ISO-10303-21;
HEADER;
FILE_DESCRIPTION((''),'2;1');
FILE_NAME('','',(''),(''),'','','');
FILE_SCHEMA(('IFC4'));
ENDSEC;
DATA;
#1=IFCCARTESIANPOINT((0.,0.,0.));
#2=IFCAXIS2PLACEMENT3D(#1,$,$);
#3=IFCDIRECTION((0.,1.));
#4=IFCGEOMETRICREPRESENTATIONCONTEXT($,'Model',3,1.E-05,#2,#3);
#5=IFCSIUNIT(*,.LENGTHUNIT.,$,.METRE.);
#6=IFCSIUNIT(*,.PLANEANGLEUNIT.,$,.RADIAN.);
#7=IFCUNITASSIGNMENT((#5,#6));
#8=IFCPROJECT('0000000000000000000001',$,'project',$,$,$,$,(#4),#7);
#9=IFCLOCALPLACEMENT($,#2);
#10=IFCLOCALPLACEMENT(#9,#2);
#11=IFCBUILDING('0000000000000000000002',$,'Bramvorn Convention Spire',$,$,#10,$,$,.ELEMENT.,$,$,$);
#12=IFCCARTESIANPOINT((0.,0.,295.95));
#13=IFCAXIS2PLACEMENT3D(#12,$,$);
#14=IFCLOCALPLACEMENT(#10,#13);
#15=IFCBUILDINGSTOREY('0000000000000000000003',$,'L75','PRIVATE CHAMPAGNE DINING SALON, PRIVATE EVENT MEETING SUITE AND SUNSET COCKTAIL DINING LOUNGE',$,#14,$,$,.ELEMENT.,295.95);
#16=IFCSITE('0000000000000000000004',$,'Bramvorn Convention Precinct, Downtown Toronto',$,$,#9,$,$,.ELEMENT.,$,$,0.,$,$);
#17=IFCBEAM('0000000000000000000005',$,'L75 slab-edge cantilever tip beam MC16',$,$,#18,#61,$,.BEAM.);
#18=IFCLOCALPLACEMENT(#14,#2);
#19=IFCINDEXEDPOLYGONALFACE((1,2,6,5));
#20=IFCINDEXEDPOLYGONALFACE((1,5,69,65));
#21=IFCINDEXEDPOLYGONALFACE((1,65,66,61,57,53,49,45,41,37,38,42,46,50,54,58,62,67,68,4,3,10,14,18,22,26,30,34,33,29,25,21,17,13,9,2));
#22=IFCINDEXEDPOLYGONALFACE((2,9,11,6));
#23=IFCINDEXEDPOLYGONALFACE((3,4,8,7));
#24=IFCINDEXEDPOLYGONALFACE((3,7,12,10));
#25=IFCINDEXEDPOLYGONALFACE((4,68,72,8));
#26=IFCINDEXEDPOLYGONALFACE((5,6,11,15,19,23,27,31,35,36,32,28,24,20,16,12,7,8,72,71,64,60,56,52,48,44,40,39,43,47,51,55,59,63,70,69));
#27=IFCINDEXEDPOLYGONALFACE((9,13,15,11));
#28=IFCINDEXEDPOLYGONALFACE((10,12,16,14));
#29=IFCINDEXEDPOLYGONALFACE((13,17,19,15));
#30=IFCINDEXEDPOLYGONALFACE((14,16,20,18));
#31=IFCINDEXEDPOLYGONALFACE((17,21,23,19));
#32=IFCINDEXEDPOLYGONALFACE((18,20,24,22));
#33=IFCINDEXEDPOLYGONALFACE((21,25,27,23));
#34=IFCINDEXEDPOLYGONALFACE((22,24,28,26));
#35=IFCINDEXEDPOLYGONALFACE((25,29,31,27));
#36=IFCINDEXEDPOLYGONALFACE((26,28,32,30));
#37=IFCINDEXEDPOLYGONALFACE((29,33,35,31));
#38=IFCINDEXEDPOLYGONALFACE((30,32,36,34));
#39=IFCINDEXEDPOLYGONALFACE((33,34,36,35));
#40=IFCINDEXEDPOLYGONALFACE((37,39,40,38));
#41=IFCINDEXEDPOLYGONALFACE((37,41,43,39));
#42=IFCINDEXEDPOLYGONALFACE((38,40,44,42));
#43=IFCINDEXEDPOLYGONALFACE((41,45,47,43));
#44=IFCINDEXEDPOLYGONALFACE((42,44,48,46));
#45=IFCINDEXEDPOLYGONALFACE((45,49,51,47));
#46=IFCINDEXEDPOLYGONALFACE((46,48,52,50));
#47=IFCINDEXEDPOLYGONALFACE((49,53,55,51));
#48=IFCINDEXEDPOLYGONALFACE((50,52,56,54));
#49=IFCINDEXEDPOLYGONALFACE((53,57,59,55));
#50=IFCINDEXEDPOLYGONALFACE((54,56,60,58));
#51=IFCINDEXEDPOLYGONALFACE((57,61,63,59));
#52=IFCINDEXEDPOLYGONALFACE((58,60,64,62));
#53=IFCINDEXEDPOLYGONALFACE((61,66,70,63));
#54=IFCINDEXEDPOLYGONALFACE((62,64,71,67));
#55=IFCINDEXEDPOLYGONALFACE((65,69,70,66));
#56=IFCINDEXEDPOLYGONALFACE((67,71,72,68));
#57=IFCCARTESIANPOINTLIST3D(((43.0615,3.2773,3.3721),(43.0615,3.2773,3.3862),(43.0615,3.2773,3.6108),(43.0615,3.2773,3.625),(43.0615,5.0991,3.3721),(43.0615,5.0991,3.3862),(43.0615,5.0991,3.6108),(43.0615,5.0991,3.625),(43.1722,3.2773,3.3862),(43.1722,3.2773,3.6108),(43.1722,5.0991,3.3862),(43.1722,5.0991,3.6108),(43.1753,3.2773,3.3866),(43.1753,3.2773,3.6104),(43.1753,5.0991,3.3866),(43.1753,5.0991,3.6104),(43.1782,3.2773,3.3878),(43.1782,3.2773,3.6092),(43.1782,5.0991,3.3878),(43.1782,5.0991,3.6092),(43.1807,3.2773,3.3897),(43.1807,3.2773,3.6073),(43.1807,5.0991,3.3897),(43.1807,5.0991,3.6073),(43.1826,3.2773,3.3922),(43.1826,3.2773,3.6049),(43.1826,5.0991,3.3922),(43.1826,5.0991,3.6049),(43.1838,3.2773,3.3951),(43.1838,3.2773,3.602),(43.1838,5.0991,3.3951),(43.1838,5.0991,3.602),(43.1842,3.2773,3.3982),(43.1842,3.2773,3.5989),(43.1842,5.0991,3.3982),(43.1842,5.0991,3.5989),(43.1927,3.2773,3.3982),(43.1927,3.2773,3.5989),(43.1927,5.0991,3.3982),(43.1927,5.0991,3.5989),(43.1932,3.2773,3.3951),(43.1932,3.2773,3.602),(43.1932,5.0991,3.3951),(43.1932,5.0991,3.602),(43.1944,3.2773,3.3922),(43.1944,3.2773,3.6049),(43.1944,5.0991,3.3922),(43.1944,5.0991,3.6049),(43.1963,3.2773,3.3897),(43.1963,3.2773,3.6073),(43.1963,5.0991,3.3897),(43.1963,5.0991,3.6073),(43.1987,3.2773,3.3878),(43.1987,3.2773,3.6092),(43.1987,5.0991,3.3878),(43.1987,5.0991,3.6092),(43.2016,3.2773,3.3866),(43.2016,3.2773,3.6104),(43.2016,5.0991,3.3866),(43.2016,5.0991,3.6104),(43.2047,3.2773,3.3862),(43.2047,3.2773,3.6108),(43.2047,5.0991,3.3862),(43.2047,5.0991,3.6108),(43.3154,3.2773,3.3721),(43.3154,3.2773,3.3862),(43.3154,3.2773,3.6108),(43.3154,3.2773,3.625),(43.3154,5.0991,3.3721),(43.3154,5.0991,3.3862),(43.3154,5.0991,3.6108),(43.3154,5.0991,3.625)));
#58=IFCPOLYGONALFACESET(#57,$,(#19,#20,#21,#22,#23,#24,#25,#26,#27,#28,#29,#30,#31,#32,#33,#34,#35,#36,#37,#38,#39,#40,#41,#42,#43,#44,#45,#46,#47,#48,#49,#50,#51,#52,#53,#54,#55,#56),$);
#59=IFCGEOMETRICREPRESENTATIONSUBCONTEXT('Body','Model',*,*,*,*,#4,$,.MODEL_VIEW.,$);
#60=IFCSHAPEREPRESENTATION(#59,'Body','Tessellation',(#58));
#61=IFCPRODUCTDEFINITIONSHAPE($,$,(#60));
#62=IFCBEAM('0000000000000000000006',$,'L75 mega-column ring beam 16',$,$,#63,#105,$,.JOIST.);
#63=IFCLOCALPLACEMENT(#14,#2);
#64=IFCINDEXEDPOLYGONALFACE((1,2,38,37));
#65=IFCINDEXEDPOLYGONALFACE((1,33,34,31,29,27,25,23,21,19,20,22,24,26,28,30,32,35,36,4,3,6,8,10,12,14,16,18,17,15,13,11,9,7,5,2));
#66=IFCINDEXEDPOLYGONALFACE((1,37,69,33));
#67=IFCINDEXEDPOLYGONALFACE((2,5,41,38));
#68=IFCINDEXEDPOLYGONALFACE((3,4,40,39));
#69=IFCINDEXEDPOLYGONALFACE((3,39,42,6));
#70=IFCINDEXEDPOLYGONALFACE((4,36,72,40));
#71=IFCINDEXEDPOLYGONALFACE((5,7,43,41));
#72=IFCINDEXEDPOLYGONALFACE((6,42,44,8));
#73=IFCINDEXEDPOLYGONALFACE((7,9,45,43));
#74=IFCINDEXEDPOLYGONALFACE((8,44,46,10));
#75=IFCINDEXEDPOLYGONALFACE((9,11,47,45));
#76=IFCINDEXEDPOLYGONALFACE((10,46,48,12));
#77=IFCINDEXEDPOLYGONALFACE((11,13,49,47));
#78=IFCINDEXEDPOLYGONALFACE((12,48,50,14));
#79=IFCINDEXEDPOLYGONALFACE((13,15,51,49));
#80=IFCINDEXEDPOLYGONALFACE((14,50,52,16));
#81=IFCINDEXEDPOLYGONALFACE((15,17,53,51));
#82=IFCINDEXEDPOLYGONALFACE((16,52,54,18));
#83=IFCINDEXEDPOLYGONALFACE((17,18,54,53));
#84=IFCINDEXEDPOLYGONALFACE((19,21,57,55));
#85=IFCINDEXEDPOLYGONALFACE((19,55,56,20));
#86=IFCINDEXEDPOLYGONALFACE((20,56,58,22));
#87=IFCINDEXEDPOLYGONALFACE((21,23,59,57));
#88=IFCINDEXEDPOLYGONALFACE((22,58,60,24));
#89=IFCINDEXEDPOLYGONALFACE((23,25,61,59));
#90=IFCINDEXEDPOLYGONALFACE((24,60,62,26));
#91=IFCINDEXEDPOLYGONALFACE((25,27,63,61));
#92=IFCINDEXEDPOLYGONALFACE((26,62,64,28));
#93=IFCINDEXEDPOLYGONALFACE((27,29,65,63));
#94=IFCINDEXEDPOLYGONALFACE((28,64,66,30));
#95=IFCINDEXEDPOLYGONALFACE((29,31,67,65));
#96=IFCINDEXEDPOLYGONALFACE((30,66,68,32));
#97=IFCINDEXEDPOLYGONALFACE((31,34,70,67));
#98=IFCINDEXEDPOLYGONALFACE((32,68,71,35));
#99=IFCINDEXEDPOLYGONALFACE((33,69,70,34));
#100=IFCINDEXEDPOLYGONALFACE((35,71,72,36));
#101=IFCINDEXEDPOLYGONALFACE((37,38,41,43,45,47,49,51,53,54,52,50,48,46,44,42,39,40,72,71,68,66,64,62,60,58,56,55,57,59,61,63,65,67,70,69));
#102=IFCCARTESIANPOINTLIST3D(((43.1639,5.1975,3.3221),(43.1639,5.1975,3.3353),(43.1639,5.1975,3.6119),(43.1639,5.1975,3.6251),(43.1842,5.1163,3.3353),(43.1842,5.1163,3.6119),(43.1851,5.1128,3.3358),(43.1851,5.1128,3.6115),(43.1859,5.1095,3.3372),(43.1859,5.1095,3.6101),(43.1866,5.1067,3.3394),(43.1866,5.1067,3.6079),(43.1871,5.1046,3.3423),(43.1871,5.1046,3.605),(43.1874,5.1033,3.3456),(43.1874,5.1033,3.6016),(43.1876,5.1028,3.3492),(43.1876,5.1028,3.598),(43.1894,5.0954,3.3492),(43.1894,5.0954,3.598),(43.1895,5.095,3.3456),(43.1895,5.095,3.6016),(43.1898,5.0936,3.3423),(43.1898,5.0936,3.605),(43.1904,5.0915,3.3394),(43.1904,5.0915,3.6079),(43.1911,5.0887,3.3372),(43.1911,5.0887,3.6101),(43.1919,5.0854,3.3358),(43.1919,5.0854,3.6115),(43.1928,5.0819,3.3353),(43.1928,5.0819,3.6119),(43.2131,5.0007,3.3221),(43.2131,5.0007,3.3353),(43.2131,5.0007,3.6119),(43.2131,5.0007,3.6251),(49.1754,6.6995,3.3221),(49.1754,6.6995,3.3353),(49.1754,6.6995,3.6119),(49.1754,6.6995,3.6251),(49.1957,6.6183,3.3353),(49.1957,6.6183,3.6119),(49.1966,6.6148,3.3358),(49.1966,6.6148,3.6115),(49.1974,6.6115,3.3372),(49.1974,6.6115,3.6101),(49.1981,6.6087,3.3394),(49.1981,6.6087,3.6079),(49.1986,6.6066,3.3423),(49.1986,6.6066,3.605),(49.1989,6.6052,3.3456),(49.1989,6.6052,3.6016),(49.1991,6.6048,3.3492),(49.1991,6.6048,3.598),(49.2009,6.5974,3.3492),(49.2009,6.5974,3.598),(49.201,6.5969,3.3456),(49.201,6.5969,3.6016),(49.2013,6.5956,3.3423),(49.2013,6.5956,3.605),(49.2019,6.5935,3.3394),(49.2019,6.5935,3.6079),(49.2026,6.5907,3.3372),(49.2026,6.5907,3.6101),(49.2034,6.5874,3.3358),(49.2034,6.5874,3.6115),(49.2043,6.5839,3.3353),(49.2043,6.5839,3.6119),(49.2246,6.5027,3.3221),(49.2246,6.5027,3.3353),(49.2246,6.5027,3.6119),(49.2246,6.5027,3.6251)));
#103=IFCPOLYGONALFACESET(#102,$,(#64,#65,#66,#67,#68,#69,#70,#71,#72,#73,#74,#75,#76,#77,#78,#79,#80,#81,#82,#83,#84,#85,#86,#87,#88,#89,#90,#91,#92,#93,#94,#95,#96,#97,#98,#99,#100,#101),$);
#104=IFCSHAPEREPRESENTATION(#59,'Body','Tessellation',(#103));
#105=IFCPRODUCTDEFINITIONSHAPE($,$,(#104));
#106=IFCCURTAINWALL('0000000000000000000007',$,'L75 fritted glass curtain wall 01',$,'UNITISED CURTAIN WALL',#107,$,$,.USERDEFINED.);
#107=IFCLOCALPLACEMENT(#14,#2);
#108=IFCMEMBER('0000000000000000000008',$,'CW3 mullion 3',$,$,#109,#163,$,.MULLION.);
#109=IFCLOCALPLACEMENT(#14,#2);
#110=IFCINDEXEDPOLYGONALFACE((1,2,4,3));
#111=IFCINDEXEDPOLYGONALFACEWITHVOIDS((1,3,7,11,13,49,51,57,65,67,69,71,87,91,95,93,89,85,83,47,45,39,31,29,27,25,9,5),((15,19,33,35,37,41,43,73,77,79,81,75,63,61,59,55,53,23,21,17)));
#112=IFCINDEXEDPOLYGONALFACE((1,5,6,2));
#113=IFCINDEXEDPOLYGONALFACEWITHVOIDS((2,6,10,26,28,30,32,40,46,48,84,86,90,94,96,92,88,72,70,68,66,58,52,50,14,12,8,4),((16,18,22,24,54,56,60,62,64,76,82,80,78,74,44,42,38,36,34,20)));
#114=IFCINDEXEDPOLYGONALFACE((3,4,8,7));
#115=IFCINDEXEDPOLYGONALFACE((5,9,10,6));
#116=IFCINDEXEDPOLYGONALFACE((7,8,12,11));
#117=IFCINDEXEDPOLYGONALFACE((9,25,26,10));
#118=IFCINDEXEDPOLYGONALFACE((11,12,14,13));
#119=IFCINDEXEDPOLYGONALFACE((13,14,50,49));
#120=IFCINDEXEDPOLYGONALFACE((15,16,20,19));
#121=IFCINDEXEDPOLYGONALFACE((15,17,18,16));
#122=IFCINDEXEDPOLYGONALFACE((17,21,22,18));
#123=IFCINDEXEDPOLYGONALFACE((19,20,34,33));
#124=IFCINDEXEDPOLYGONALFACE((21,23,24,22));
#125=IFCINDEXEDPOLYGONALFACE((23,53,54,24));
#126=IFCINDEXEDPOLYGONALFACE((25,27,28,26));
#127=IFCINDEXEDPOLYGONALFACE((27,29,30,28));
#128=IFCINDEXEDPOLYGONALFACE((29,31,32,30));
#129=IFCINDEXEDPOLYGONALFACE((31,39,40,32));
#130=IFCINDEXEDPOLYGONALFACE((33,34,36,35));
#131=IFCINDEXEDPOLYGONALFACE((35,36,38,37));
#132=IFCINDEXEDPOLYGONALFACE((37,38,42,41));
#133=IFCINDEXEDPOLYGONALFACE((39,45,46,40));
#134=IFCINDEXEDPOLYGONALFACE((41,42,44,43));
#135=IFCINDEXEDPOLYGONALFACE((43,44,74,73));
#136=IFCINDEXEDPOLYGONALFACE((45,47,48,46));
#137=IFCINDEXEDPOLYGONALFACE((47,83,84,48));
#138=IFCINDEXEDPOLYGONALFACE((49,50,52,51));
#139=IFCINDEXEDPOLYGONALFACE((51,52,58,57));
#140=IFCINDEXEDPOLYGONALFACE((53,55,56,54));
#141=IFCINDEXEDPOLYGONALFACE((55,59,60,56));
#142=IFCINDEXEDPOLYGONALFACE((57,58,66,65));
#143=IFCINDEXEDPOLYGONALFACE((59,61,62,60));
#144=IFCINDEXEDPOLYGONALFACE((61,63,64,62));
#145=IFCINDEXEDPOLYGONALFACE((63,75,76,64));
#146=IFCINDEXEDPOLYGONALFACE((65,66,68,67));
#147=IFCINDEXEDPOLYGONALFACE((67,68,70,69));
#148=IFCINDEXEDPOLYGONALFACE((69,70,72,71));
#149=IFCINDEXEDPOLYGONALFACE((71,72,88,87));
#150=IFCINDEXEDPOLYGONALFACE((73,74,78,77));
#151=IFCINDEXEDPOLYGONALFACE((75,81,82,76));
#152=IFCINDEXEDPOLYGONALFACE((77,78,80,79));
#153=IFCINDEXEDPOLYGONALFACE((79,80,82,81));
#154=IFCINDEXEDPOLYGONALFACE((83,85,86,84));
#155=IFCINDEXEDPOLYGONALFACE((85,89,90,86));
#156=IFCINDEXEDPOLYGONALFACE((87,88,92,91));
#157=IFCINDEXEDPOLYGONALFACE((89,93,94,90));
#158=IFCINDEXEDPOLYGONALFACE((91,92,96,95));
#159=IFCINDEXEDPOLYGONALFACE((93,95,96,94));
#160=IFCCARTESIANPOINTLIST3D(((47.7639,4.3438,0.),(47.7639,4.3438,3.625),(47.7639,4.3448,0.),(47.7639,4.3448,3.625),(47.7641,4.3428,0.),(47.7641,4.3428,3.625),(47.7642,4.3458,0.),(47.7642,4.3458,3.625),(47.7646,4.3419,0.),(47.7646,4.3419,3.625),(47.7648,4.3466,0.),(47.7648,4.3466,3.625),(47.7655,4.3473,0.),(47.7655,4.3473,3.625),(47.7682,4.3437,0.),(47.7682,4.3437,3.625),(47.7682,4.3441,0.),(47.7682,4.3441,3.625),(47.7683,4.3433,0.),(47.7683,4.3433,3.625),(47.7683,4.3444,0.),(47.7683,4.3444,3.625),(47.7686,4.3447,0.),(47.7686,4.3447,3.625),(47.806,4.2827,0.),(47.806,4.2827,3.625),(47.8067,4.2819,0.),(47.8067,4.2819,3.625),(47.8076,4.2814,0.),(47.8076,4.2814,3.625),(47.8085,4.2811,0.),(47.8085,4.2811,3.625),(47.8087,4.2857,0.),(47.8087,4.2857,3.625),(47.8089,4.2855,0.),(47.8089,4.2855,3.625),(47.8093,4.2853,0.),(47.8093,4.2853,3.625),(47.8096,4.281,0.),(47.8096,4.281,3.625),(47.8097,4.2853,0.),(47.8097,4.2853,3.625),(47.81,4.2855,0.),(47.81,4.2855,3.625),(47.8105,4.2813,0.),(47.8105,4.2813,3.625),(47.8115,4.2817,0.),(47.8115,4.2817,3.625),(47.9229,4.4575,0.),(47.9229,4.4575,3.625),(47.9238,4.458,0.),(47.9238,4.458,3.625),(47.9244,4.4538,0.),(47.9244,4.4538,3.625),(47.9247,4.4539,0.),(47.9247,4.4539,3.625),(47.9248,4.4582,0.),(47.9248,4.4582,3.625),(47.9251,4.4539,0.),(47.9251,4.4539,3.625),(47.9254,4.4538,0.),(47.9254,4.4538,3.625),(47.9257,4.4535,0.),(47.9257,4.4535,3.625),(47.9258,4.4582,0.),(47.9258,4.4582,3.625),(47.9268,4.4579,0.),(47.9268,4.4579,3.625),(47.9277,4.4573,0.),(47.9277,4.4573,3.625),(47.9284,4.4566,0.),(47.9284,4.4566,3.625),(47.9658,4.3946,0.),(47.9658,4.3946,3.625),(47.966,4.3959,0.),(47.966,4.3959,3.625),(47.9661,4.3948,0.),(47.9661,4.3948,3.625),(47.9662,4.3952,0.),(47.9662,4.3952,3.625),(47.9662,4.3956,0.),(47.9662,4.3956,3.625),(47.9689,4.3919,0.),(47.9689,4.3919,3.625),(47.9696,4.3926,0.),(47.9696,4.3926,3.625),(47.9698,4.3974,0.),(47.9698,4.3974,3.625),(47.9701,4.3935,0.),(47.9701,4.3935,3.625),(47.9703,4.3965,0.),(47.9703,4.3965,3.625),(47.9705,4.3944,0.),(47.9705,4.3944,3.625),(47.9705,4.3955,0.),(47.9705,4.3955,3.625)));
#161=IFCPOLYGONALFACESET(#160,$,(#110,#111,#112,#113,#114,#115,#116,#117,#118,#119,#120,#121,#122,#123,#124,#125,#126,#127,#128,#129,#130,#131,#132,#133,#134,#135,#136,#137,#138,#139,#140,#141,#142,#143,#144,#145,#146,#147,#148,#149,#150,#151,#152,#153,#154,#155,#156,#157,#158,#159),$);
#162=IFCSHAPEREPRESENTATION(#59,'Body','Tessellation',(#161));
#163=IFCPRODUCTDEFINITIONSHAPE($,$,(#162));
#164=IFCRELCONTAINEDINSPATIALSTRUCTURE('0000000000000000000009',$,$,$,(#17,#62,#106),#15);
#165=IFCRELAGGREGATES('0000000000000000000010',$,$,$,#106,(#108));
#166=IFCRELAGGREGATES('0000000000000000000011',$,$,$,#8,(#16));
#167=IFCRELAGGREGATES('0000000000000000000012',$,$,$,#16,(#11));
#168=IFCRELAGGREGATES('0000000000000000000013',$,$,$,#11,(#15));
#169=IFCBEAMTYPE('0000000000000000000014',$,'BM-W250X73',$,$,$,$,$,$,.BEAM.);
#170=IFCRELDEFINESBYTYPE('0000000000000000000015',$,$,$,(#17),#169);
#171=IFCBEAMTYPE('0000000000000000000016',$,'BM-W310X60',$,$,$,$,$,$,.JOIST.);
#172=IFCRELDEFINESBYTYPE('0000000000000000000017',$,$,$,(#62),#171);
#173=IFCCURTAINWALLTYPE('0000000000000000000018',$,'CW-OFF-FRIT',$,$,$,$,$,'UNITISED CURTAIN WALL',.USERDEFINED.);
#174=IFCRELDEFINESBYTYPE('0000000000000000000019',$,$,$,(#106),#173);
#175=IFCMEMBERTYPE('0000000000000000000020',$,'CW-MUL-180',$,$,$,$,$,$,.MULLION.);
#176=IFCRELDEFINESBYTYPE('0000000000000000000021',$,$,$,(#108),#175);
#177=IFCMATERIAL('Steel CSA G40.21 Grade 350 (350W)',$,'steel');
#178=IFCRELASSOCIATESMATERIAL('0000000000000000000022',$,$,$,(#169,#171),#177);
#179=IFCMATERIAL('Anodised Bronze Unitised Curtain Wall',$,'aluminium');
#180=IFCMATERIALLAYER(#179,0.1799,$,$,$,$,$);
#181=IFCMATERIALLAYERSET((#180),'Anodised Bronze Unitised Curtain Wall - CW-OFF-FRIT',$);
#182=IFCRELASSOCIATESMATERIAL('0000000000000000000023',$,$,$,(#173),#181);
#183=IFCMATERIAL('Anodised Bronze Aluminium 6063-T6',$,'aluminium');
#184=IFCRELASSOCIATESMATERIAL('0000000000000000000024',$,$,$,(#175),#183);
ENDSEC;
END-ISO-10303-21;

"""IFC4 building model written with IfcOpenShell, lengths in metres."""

from ifc_helpers import new_model, si_unit, direction, frame, origin, origin_2d, place, context, subcontext, project, spatial, hollow_rectangle, i_section, extrude, material, layer, layer_set, material_profile, profile_set, type_object, element, aggregate, save


model = new_model("IFC4")

# Units and contexts
model_context = context("Model", 3, precision=1e-05, world=origin(), true_north=direction((0.0, 1.0)))
body_context = subcontext(model_context, "Body", "Model", "MODEL_VIEW")
ifc_project = project(units=[si_unit("LENGTHUNIT", "METRE"), si_unit("PLANEANGLEUNIT", "RADIAN")], contexts=[model_context])

# Site, building, storey
site_placement = place(None, origin())
site = spatial("IfcSite", under=ifc_project, at=site_placement, Name="Bramvorn Convention Precinct, Downtown Toronto", CompositionType="ELEMENT", RefElevation=0.0)
building_placement = place(site_placement, origin())
building = spatial("IfcBuilding", under=site, at=building_placement, Name="Bramvorn Convention Spire", CompositionType="ELEMENT")
storey_placement = place(building_placement, frame((0.0, 0.0, 295.95)))
storey = spatial("IfcBuildingStorey", under=building, at=storey_placement, Name="L75", Description="PRIVATE CHAMPAGNE DINING SALON, PRIVATE EVENT MEETING SUITE AND SUNSET COCKTAIL DINING LOUNGE", CompositionType="ELEMENT", Elevation=295.95)

# Shared definitions
ifc_material_1 = material(Name="Steel CSA G40.21 Grade 350 (350W)", Category="steel")

# Beams
ifc_material_profile_1 = material_profile(ifc_material_1, i_section(OverallWidth=0.2539, OverallDepth=0.2529, WebThickness=0.0085, FlangeThickness=0.0142, FilletRadius=0.012, at=origin_2d()))
ifc_profile_set_1 = profile_set([ifc_material_profile_1], Name="Steel CSA G40.21 Grade 350 (350W) - W250X73")
beam_type_1 = type_object("IfcBeamType", Name="BM-W250X73", PredefinedType="BEAM", material=ifc_profile_set_1)
beam_1_placement = place(storey_placement, frame((43.1885, 5.0991, 3.4985), z_axis=(0.0, -1.0, 0.0), x_axis=(1.0, 0.0, 0.0)))
element("IfcBeam", 1, at=beam_1_placement, inside=storey, type_object=beam_type_1, Name="L75 slab-edge cantilever tip beam MC16", PredefinedType="BEAM", context=body_context, shape_type="SweptSolid", body=[
    extrude(i_section(OverallWidth=0.2539, OverallDepth=0.2529, WebThickness=0.0085, FlangeThickness=0.0142, FilletRadius=0.012, at=origin_2d()), origin(), (0.0, 0.0, 1.0), 1.8218),
])
ifc_material_profile_2 = material_profile(ifc_material_1, i_section(OverallWidth=0.2029, OverallDepth=0.303, WebThickness=0.0076, FlangeThickness=0.0132, FilletRadius=0.0139, at=origin_2d()))
ifc_profile_set_2 = profile_set([ifc_material_profile_2], Name="Steel CSA G40.21 Grade 350 (350W) - W310X60")
beam_type_2 = type_object("IfcBeamType", Name="BM-W310X60", PredefinedType="JOIST", material=ifc_profile_set_2)
beam_2_placement = place(storey_placement, frame((43.1885, 5.0991, 3.4736), z_axis=(0.970177, 0.242397, 0.0), x_axis=(-0.242397, 0.970177, 0.0)))
element("IfcBeam", 2, at=beam_2_placement, inside=storey, type_object=beam_type_2, Name="L75 mega-column ring beam 16", PredefinedType="JOIST", context=body_context, shape_type="SweptSolid", body=[
    extrude(i_section(OverallWidth=0.2029, OverallDepth=0.303, WebThickness=0.0076, FlangeThickness=0.0132, FilletRadius=0.0139, at=origin_2d()), origin(), (0.0, 0.0, 1.0), 6.1963),
])

# Curtain wall, member
ifc_material_2 = material(Name="Anodised Bronze Unitised Curtain Wall", Category="aluminium")
ifc_layer_1 = layer(ifc_material_2, 0.1799)
ifc_layer_set_1 = layer_set([ifc_layer_1], Name="Anodised Bronze Unitised Curtain Wall - CW-OFF-FRIT")
curtain_wall_type = type_object("IfcCurtainWallType", Name="CW-OFF-FRIT", ElementType="UNITISED CURTAIN WALL", PredefinedType="USERDEFINED", material=ifc_layer_set_1)
curtain_wall_1_placement = place(storey_placement, origin())
curtain_wall_1 = element("IfcCurtainWall", 3, at=curtain_wall_1_placement, inside=storey, type_object=curtain_wall_type, Name="L75 fritted glass curtain wall 01", ObjectType="UNITISED CURTAIN WALL", PredefinedType="USERDEFINED")
ifc_material_3 = material(Name="Anodised Bronze Aluminium 6063-T6", Category="aluminium")
ifc_material_profile_3 = material_profile(ifc_material_3, hollow_rectangle(XDim=0.0801, YDim=0.2, WallThickness=0.0039, InnerFilletRadius=0.001, OuterFilletRadius=0.0039, at=origin_2d()))
ifc_profile_set_3 = profile_set([ifc_material_profile_3], Name="Anodised Bronze Aluminium 6063-T6 - CWM80X200")
member_type_1 = type_object("IfcMemberType", Name="CW-MUL-180", PredefinedType="MULLION", material=ifc_profile_set_3)
member_1_placement = place(storey_placement, frame((47.8672, 4.3696, 0.0), z_axis=(0.0, 0.0, 1.0), x_axis=(0.573511, -0.819198, 0.0)))
member_1 = element("IfcMember", 4, at=member_1_placement, type_object=member_type_1, Name="CW3 mullion 3", PredefinedType="MULLION", context=body_context, shape_type="SweptSolid", body=[
    extrude(hollow_rectangle(XDim=0.0801, YDim=0.2, WallThickness=0.0039, InnerFilletRadius=0.001, OuterFilletRadius=0.0039, at=origin_2d()), origin(), (0.0, 0.0, 1.0), 3.625),
])

aggregate(curtain_wall_1, [member_1])

save(model, "model.ifc")
